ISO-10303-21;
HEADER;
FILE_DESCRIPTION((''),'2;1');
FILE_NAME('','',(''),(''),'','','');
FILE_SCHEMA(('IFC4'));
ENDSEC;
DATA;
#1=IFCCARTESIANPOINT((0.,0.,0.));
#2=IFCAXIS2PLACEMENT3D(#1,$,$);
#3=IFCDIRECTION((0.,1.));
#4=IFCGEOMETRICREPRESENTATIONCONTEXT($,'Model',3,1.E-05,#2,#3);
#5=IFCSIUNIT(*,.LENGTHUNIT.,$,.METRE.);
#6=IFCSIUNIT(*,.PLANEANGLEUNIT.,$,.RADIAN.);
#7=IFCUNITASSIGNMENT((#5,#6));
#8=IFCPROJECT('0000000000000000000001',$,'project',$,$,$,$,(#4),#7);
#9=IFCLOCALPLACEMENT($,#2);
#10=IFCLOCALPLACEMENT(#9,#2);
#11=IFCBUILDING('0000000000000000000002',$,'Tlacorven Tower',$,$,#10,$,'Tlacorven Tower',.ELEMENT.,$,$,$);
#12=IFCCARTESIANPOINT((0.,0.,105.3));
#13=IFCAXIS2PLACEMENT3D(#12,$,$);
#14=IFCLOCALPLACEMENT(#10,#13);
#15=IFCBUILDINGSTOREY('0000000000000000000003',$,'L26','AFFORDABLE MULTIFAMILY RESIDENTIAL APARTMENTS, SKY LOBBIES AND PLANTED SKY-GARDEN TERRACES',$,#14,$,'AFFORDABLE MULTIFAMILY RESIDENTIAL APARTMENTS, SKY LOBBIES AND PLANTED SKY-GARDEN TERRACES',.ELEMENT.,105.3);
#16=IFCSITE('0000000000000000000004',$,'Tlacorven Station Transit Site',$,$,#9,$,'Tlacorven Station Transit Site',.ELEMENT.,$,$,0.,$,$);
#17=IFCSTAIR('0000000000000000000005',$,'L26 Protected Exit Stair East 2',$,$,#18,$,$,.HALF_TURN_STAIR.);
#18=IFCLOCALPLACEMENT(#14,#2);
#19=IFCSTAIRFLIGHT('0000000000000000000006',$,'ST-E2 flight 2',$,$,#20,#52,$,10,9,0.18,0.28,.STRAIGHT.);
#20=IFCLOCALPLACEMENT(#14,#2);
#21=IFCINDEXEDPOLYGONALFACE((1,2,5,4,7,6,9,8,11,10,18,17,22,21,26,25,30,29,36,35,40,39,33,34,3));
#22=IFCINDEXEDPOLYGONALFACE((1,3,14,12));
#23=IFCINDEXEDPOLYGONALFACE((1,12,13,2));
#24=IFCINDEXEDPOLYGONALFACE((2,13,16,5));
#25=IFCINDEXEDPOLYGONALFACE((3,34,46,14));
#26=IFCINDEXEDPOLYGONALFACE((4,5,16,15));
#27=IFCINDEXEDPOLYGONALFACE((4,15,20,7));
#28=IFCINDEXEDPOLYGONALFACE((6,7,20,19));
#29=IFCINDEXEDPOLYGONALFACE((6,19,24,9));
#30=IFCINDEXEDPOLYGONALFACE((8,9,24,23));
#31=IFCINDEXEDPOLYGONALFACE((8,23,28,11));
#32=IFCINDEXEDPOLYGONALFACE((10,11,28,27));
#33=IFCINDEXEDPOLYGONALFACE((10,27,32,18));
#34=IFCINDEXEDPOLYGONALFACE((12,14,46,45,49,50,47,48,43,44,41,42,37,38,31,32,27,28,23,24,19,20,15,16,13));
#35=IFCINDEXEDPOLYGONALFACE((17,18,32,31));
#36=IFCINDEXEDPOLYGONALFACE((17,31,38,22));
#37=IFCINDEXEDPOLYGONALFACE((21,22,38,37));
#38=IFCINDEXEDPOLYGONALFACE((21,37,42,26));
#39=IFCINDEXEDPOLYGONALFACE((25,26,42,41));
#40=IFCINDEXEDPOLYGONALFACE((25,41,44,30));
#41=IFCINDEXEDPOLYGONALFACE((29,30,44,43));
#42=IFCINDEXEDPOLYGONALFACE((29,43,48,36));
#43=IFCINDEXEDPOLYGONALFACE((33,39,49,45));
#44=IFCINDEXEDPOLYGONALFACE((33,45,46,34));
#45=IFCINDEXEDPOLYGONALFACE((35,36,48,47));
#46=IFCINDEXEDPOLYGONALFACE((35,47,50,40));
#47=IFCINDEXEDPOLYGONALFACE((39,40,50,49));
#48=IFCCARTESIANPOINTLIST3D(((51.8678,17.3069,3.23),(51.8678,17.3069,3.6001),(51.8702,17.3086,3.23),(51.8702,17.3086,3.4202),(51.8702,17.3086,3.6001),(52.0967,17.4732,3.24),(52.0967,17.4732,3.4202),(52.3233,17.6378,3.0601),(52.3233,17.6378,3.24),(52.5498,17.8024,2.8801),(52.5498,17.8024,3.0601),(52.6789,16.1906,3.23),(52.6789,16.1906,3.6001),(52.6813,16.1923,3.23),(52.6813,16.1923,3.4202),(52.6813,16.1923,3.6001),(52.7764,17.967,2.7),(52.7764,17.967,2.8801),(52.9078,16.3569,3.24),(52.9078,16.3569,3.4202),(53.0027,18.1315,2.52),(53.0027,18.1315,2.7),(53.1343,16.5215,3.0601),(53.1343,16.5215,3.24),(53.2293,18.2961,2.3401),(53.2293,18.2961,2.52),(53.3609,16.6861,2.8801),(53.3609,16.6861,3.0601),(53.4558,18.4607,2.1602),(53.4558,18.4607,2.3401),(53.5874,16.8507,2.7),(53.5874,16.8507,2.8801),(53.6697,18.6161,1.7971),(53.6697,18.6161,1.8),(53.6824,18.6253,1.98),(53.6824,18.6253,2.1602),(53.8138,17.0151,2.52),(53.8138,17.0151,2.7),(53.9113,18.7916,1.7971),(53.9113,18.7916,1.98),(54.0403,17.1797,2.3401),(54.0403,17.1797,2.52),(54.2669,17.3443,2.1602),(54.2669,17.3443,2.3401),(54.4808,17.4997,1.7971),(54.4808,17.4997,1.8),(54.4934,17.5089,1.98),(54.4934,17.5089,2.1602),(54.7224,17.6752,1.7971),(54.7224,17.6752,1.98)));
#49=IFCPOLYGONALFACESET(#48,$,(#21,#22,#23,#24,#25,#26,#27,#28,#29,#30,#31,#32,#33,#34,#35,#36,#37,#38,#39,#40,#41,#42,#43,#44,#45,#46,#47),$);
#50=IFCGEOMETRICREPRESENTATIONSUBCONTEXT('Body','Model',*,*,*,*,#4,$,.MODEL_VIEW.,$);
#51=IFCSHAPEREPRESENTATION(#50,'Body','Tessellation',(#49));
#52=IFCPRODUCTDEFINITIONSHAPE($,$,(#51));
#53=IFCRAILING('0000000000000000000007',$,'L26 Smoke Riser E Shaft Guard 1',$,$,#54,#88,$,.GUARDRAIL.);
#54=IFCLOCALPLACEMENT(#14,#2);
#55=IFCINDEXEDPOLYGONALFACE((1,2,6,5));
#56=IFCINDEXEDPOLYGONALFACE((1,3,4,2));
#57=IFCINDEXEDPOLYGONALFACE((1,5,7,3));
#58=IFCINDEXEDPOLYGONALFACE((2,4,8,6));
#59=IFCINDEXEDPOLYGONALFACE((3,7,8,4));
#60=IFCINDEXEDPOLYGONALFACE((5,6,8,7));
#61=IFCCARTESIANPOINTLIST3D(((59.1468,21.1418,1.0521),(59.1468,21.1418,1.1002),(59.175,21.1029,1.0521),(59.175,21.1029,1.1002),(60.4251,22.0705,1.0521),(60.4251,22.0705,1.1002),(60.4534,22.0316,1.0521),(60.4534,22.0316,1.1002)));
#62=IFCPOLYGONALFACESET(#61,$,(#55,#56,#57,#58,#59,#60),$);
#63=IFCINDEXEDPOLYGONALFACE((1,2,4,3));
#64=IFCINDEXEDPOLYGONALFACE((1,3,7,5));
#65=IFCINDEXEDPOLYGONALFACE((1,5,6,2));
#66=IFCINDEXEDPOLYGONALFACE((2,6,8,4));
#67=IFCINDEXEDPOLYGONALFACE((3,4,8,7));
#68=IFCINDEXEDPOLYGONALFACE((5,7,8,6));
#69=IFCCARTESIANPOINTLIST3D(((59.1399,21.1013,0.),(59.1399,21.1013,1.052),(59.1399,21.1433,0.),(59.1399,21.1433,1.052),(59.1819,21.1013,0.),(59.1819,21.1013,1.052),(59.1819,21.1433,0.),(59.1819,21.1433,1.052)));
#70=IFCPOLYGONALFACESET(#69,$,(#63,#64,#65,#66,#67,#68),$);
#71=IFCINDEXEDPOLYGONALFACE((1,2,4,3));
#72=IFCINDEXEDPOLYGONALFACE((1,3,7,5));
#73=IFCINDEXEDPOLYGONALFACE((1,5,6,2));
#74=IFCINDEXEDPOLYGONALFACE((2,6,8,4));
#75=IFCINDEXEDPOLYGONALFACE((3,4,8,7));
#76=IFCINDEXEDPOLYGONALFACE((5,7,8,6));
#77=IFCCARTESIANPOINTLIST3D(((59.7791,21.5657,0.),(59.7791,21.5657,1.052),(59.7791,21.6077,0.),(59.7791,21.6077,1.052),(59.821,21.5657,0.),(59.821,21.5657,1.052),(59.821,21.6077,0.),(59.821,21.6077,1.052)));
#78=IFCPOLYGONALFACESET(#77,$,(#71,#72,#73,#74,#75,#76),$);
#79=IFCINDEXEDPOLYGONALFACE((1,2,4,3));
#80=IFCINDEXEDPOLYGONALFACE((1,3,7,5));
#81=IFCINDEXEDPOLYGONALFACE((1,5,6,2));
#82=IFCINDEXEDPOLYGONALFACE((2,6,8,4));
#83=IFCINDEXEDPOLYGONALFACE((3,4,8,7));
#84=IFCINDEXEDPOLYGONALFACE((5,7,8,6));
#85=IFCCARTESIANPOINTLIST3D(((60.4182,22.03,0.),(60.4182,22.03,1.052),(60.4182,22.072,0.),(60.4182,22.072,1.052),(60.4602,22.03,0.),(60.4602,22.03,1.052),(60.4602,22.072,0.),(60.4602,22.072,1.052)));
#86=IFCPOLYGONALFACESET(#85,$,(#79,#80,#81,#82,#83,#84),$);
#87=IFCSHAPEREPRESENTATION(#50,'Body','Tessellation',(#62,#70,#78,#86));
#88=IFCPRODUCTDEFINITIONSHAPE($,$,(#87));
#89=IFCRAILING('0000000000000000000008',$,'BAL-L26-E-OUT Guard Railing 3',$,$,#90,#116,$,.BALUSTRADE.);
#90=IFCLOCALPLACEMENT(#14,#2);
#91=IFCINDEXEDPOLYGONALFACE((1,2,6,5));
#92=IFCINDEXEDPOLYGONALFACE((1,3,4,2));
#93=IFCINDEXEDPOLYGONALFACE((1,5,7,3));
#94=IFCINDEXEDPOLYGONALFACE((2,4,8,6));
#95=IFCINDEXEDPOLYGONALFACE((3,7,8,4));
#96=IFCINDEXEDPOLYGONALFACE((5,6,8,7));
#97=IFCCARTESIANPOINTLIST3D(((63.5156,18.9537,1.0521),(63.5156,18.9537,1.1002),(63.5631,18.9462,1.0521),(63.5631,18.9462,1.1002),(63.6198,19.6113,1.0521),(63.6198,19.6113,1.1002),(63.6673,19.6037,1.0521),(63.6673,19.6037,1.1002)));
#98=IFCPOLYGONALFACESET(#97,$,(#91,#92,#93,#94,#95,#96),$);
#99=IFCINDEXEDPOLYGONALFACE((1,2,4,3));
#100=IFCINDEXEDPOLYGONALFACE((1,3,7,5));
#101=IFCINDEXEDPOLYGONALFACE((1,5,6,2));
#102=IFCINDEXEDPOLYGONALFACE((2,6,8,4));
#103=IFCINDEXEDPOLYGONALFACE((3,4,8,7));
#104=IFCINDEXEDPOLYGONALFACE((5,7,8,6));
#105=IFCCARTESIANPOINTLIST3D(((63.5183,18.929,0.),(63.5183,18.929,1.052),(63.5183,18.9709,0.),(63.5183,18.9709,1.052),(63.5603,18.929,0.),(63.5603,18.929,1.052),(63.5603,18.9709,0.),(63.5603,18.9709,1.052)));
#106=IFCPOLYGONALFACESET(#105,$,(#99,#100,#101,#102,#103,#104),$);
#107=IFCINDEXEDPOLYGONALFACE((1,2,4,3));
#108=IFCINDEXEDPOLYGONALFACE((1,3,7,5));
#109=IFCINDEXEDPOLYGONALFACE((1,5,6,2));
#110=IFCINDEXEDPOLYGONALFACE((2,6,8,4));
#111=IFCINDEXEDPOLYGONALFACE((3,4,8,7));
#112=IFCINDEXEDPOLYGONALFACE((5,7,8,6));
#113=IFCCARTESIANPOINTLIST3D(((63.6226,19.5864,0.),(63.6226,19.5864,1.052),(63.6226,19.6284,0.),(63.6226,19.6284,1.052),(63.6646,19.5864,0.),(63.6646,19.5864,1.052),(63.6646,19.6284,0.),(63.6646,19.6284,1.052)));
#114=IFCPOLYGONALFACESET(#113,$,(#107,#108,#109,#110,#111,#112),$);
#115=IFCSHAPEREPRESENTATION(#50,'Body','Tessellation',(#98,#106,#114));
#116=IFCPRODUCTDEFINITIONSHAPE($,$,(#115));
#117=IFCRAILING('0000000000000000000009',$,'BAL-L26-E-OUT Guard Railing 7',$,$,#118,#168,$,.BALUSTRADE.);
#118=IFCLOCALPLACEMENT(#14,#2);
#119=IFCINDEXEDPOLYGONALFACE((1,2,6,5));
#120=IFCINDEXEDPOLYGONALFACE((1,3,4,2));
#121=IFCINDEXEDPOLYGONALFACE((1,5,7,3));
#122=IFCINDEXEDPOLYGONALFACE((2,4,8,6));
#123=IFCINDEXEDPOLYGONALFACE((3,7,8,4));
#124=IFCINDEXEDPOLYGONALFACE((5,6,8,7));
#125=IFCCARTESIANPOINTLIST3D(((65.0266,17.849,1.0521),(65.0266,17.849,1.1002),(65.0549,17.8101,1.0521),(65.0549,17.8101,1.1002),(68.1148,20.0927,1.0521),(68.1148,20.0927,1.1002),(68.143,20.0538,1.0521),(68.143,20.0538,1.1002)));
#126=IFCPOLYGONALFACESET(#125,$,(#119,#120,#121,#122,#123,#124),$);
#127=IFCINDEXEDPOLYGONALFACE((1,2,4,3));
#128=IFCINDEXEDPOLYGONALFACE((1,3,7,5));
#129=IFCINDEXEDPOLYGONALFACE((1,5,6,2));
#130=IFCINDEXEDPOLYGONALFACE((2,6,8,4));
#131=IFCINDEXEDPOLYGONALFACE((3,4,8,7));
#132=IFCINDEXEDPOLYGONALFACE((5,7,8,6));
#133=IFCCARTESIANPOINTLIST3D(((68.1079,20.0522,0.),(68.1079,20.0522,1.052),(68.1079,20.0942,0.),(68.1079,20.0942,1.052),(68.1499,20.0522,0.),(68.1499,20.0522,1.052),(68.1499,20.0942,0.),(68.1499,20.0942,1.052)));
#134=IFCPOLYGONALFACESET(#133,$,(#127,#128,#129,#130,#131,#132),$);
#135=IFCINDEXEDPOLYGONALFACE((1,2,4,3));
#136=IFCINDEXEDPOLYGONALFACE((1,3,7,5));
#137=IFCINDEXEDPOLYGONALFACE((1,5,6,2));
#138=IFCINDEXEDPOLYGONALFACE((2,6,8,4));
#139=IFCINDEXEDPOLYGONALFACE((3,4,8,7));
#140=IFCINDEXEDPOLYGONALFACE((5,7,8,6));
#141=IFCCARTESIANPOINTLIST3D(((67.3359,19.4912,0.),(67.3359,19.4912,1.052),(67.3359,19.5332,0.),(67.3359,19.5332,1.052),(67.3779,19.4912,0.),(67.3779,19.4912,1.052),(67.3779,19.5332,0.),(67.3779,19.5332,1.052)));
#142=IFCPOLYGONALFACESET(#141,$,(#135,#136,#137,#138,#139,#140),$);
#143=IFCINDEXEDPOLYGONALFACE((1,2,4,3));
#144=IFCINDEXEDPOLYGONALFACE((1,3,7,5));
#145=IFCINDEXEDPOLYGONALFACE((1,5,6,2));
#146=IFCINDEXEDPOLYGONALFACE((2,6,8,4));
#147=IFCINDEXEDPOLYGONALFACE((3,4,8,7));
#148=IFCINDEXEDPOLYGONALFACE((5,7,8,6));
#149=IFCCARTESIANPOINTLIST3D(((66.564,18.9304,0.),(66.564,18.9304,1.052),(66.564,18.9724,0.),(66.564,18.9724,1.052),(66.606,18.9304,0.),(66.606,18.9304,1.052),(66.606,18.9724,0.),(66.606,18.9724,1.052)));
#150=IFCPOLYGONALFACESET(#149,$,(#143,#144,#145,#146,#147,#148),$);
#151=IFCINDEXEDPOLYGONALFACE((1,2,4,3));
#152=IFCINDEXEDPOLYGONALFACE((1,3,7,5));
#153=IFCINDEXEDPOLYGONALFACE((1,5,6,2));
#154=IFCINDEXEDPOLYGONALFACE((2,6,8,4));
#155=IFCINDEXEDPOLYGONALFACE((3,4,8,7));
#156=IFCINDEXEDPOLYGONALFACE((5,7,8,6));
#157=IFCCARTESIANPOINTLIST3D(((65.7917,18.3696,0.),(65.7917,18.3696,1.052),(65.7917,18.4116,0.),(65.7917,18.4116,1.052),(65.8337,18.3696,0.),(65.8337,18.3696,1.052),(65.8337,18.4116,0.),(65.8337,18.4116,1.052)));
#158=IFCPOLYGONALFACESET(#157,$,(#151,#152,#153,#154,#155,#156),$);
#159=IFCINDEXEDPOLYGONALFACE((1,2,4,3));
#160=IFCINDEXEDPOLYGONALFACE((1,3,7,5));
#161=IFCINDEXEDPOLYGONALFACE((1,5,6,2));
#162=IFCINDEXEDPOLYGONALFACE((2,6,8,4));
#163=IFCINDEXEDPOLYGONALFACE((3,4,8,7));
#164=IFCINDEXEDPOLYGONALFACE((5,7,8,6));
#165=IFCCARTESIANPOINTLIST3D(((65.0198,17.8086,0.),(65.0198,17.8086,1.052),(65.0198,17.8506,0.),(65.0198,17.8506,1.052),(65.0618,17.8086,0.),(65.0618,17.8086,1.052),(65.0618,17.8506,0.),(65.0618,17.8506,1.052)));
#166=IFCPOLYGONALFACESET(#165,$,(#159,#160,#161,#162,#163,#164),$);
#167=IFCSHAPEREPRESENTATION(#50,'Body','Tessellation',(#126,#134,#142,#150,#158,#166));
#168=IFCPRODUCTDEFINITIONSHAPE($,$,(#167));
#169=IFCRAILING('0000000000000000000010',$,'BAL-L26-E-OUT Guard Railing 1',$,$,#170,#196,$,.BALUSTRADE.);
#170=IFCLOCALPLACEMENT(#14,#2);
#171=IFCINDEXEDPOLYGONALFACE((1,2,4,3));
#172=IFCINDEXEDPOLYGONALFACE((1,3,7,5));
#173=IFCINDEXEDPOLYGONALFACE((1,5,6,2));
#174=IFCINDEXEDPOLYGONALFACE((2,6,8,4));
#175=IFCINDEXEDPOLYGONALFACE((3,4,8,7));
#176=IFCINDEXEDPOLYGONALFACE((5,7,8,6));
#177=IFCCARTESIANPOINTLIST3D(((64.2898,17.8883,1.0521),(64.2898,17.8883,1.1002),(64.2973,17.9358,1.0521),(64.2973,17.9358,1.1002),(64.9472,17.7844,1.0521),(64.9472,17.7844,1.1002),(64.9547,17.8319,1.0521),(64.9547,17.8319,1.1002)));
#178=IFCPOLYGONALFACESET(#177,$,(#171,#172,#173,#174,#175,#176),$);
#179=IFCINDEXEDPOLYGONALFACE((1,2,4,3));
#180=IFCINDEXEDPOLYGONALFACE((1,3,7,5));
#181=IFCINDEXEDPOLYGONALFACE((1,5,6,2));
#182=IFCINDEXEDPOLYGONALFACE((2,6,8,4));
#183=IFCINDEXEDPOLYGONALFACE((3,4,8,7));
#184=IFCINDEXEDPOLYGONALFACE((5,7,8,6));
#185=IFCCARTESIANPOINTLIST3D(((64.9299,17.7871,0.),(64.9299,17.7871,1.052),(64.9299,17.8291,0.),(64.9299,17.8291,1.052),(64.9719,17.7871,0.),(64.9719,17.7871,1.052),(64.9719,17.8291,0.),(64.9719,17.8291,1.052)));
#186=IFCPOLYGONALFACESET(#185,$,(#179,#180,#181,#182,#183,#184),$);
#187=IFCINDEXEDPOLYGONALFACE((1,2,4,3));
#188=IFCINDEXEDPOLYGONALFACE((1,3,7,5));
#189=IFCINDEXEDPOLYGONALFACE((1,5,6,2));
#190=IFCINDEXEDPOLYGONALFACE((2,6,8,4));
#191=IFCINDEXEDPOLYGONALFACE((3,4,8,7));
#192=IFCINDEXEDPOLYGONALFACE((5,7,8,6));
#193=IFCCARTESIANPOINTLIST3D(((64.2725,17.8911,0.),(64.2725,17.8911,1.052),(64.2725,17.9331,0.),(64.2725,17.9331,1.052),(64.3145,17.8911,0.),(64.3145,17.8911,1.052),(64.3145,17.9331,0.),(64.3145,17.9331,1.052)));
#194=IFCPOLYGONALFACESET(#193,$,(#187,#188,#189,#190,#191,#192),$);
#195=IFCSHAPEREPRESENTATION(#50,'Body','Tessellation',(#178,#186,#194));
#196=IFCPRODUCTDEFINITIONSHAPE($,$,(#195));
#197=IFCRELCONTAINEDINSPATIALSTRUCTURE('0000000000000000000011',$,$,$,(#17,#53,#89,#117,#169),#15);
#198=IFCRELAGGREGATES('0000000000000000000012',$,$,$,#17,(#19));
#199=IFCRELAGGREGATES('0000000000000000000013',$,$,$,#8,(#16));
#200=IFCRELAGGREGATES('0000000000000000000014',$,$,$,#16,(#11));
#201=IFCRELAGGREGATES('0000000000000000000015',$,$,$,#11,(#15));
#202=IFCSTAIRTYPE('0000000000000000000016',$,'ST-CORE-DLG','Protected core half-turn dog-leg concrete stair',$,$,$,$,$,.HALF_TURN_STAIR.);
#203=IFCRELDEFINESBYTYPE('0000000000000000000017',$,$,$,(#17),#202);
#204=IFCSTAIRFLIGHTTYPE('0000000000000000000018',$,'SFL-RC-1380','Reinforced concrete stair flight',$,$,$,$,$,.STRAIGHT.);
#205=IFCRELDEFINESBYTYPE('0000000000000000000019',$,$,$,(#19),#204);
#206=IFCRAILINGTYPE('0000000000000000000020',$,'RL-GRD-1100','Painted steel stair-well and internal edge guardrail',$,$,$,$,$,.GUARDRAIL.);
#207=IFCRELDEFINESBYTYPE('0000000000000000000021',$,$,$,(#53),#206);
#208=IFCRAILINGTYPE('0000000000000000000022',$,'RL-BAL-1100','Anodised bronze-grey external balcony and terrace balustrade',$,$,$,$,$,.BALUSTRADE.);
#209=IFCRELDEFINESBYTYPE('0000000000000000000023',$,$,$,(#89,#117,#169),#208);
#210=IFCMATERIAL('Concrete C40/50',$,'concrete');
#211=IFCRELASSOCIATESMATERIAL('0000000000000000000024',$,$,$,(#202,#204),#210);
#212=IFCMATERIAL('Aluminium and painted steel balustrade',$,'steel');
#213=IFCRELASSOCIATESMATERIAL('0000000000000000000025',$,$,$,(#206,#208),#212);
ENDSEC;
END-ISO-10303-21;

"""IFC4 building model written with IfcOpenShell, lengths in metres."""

from ifc_helpers import new_model, si_unit, direction, frame, origin, origin_2d, place, context, subcontext, project, spatial, polyline, rectangle, outline, extrude, source, transform, mapped, material, type_object, element, aggregate, save


model = new_model("IFC4")

# Units and contexts
model_context = context("Model", 3, precision=1e-05, world=origin(), true_north=direction((0.0, 1.0)))
body_context = subcontext(model_context, "Body", "Model", "MODEL_VIEW")
ifc_project = project(units=[si_unit("LENGTHUNIT", "METRE"), si_unit("PLANEANGLEUNIT", "RADIAN")], contexts=[model_context])

# Site, building, storey
site_placement = place(None, origin())
site = spatial("IfcSite", under=ifc_project, at=site_placement, Name="Tlacorven Station Transit Site", LongName="Tlacorven Station Transit Site", CompositionType="ELEMENT", RefElevation=0.0)
building_placement = place(site_placement, origin())
building = spatial("IfcBuilding", under=site, at=building_placement, Name="Tlacorven Tower", LongName="Tlacorven Tower", CompositionType="ELEMENT")
storey_placement = place(building_placement, frame((0.0, 0.0, 105.3)))
storey = spatial("IfcBuildingStorey", under=building, at=storey_placement, Name="L26", Description="AFFORDABLE MULTIFAMILY RESIDENTIAL APARTMENTS, SKY LOBBIES AND PLANTED SKY-GARDEN TERRACES", LongName="AFFORDABLE MULTIFAMILY RESIDENTIAL APARTMENTS, SKY LOBBIES AND PLANTED SKY-GARDEN TERRACES", CompositionType="ELEMENT", Elevation=105.3)

# Shared definitions
ifc_material_1 = material(Name="Concrete C40/50", Category="concrete")

# Stair, stair flight
stair_type = type_object("IfcStairType", Name="ST-CORE-DLG", Description="Protected core half-turn dog-leg concrete stair", PredefinedType="HALF_TURN_STAIR", material=ifc_material_1)
stair_placement = place(storey_placement, origin())
stair = element("IfcStair", 1, at=stair_placement, inside=storey, type_object=stair_type, Name="L26 Protected Exit Stair East 2", PredefinedType="HALF_TURN_STAIR")
stair_flight_type = type_object("IfcStairFlightType", Name="SFL-RC-1380", Description="Reinforced concrete stair flight", PredefinedType="STRAIGHT", material=ifc_material_1)
shared_shape_1 = source(origin(), body_context, "Body", "SweptSolid", [
    extrude(outline(polyline([(-0.0029, -0.0029), (-0.0029, 0.1799), (0.28, 0.1799), (0.28, 0.3601), (0.5601, 0.3601), (0.5601, 0.54), (0.8401, 0.54), (0.8401, 0.72), (1.1201, 0.72), (1.1201, 0.8999), (1.3999, 0.8999), (1.3999, 1.0801), (1.6799, 1.0801), (1.6799, 1.26), (1.96, 1.26), (1.96, 1.4399), (2.24, 1.4399), (2.24, 1.6201), (2.52, 1.6201), (2.52, 1.8), (2.5229, 1.8), (2.5229, 1.4299), (2.52, 1.4299), (0.2957, 0.0), (0.2957, -0.0029), (-0.0029, -0.0029)])), frame((0.0, 0.6899, 0.0), z_axis=(0.0, -1.0, 0.0), x_axis=(1.0, 0.0, 0.0)), (0.0, 0.0, 1.0), 1.3799),
])
stair_flight_placement = place(storey_placement, frame((54.3145, 18.2317, 1.8), z_axis=(0.0, 0.0, 1.0), x_axis=(-0.809017, -0.587785, 0.0)))
stair_flight = element("IfcStairFlight", 2, at=stair_flight_placement, type_object=stair_flight_type, Name="ST-E2 flight 2", NumberOfRisers=10, NumberOfTreads=9, PredefinedType="STRAIGHT", RiserHeight=0.18, TreadLength=0.28, context=body_context, shape_type="MappedRepresentation", body=[
    mapped(shared_shape_1, transform((0.0, 0.0, 0.0), scale=1.0)),
])
aggregate(stair, [stair_flight])

# Railings
ifc_material_2 = material(Name="Aluminium and painted steel balustrade", Category="steel")
railing_type_1 = type_object("IfcRailingType", Name="RL-GRD-1100", Description="Painted steel stair-well and internal edge guardrail", PredefinedType="GUARDRAIL", material=ifc_material_2)
shared_shape_2 = source(origin(), body_context, "Body", "SweptSolid", [
    extrude(rectangle(XDim=0.0481, YDim=0.0481, at=origin_2d()), frame((0.0, 0.0, 1.0762), z_axis=(0.80903, 0.587767, 0.0), x_axis=(-0.587767, 0.80903, 0.0)), (0.0, 0.0, 1.0), 1.5801),
    extrude(rectangle(XDim=0.042, YDim=0.042, at=origin_2d()), origin(), (0.0, 0.0, 1.0), 1.052),
    extrude(rectangle(XDim=0.042, YDim=0.042, at=origin_2d()), frame((0.6392, 0.4644, 0.0)), (0.0, 0.0, 1.0), 1.052),
    extrude(rectangle(XDim=0.042, YDim=0.042, at=origin_2d()), frame((1.2783, 0.9287, 0.0)), (0.0, 0.0, 1.0), 1.052),
])
railing_1_placement = place(storey_placement, frame((59.1609, 21.1223, 0.0)))
element("IfcRailing", 3, at=railing_1_placement, inside=storey, type_object=railing_type_1, Name="L26 Smoke Riser E Shaft Guard 1", PredefinedType="GUARDRAIL", context=body_context, shape_type="MappedRepresentation", body=[
    mapped(shared_shape_2, transform((0.0, 0.0, 0.0), scale=1.0)),
])
railing_type_2 = type_object("IfcRailingType", Name="RL-BAL-1100", Description="Anodised bronze-grey external balcony and terrace balustrade", PredefinedType="BALUSTRADE", material=ifc_material_2)
shared_shape_3 = source(origin(), body_context, "Body", "SweptSolid", [
    extrude(rectangle(XDim=0.0481, YDim=0.0481, at=origin_2d()), frame((0.0, 0.0, 1.0762), z_axis=(0.156603, 0.987662, 0.0), x_axis=(-0.987662, 0.156603, 0.0)), (0.0, 0.0, 1.0), 0.6658),
    extrude(rectangle(XDim=0.042, YDim=0.042, at=origin_2d()), origin(), (0.0, 0.0, 1.0), 1.052),
    extrude(rectangle(XDim=0.042, YDim=0.042, at=origin_2d()), frame((0.1042, 0.6575, 0.0)), (0.0, 0.0, 1.0), 1.052),
])
railing_2_placement = place(storey_placement, frame((63.5393, 18.95, 0.0)))
element("IfcRailing", 4, at=railing_2_placement, inside=storey, type_object=railing_type_2, Name="BAL-L26-E-OUT Guard Railing 3", PredefinedType="BALUSTRADE", context=body_context, shape_type="MappedRepresentation", body=[
    mapped(shared_shape_3, transform((0.0, 0.0, 0.0), scale=1.0)),
])
shared_shape_4 = source(origin(), body_context, "Body", "SweptSolid", [
    extrude(rectangle(XDim=0.0481, YDim=0.0481, at=origin_2d()), frame((0.0, 0.0, 1.0762), z_axis=(-0.809018, -0.587784, 0.0), x_axis=(0.587784, -0.809018, 0.0)), (0.0, 0.0, 1.0), 3.8171),
    extrude(rectangle(XDim=0.042, YDim=0.042, at=origin_2d()), origin(), (0.0, 0.0, 1.0), 1.052),
    extrude(rectangle(XDim=0.042, YDim=0.042, at=origin_2d()), frame((-0.772, -0.561, 0.0)), (0.0, 0.0, 1.0), 1.052),
    extrude(rectangle(XDim=0.042, YDim=0.042, at=origin_2d()), frame((-1.5439, -1.1218, 0.0)), (0.0, 0.0, 1.0), 1.052),
    extrude(rectangle(XDim=0.042, YDim=0.042, at=origin_2d()), frame((-2.3162, -1.6826, 0.0)), (0.0, 0.0, 1.0), 1.052),
    extrude(rectangle(XDim=0.042, YDim=0.042, at=origin_2d()), frame((-3.0881, -2.2437, 0.0)), (0.0, 0.0, 1.0), 1.052),
])
railing_3_placement = place(storey_placement, frame((68.1289, 20.0732, 0.0)))
element("IfcRailing", 5, at=railing_3_placement, inside=storey, type_object=railing_type_2, Name="BAL-L26-E-OUT Guard Railing 7", PredefinedType="BALUSTRADE", context=body_context, shape_type="MappedRepresentation", body=[
    mapped(shared_shape_4, transform((0.0, 0.0, 0.0), scale=1.0)),
])
shared_shape_5 = source(origin(), body_context, "Body", "SweptSolid", [
    extrude(rectangle(XDim=0.0481, YDim=0.0481, at=origin_2d()), frame((0.0, 0.0, 1.0762), z_axis=(-0.987718, 0.156245, 0.0), x_axis=(-0.156245, -0.987718, 0.0)), (0.0, 0.0, 1.0), 0.6655),
    extrude(rectangle(XDim=0.042, YDim=0.042, at=origin_2d()), origin(), (0.0, 0.0, 1.0), 1.052),
    extrude(rectangle(XDim=0.042, YDim=0.042, at=origin_2d()), frame((-0.6575, 0.104, 0.0)), (0.0, 0.0, 1.0), 1.052),
])
railing_4_placement = place(storey_placement, frame((64.9509, 17.8081, 0.0)))
element("IfcRailing", 6, at=railing_4_placement, inside=storey, type_object=railing_type_2, Name="BAL-L26-E-OUT Guard Railing 1", PredefinedType="BALUSTRADE", context=body_context, shape_type="MappedRepresentation", body=[
    mapped(shared_shape_5, transform((0.0, 0.0, 0.0), scale=1.0)),
])

save(model, "model.ifc")
